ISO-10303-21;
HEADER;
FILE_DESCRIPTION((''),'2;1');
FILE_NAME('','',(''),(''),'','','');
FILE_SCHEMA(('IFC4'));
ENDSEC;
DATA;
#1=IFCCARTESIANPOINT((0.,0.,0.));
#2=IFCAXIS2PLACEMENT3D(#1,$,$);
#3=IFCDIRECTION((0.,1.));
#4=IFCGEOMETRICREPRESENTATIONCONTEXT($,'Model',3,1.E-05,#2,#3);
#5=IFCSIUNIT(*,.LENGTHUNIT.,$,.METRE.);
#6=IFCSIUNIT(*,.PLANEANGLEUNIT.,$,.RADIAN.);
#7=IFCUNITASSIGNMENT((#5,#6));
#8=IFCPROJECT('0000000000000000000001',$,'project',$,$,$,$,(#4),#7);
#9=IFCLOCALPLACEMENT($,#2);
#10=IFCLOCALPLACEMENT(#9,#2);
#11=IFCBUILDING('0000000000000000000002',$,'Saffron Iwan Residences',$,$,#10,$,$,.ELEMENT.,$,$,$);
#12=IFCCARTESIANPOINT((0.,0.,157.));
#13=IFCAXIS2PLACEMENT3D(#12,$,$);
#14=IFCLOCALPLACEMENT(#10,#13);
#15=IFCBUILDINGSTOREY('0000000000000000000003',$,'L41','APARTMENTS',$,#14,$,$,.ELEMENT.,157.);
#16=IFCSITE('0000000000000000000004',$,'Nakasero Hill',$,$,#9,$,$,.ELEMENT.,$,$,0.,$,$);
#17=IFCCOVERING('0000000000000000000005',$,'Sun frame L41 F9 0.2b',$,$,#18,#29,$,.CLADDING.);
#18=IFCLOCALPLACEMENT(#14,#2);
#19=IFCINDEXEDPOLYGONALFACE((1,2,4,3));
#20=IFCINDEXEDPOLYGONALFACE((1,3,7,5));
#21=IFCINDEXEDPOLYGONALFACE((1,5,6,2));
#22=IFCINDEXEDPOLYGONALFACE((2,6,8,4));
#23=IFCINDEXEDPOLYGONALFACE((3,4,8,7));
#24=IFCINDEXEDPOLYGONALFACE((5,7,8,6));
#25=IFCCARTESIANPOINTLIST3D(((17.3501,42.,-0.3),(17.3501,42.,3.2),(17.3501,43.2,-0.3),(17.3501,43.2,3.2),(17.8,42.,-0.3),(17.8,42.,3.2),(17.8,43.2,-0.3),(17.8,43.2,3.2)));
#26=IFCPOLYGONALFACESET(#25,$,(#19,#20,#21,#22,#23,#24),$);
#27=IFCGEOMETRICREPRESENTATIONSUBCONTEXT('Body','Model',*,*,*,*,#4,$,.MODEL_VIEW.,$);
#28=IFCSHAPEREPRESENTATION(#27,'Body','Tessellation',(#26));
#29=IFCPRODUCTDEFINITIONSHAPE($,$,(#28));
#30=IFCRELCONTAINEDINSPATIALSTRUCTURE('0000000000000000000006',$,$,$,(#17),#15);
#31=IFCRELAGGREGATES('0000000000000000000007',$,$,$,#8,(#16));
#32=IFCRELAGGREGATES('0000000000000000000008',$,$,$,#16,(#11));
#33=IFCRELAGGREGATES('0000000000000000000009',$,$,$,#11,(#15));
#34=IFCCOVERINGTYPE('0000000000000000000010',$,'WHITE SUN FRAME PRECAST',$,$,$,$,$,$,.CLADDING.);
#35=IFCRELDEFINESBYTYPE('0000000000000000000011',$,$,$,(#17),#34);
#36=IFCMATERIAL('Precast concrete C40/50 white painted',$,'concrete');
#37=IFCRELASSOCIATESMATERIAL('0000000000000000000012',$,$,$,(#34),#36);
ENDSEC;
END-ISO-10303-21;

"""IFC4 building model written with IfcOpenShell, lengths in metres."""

from ifc_helpers import new_model, si_unit, direction, frame, origin, place, context, subcontext, project, spatial, polyline, outline, extrude, material, type_object, element, save


model = new_model("IFC4")

# Units and contexts
model_context = context("Model", 3, precision=1e-05, world=origin(), true_north=direction((0.0, 1.0)))
body_context = subcontext(model_context, "Body", "Model", "MODEL_VIEW")
ifc_project = project(units=[si_unit("LENGTHUNIT", "METRE"), si_unit("PLANEANGLEUNIT", "RADIAN")], contexts=[model_context])

# Site, building, storey
site_placement = place(None, origin())
site = spatial("IfcSite", under=ifc_project, at=site_placement, Name="Nakasero Hill", CompositionType="ELEMENT", RefElevation=0.0)
building_placement = place(site_placement, origin())
building = spatial("IfcBuilding", under=site, at=building_placement, Name="Saffron Iwan Residences", CompositionType="ELEMENT")
storey_placement = place(building_placement, frame((0.0, 0.0, 157.0)))
storey = spatial("IfcBuildingStorey", under=building, at=storey_placement, Name="L41", Description="APARTMENTS", CompositionType="ELEMENT", Elevation=157.0)

# Covering
ifc_material_1 = material(Name="Precast concrete C40/50 white painted", Category="concrete")
covering_type_1 = type_object("IfcCoveringType", Name="WHITE SUN FRAME PRECAST", PredefinedType="CLADDING", material=ifc_material_1)
covering_1_placement = place(storey_placement, frame((17.3501, 43.2, -0.3), z_axis=(0.0, -1.0, 0.0), x_axis=(1.0, 0.0, 0.0)))
element("IfcCovering", 1, at=covering_1_placement, inside=storey, type_object=covering_type_1, Name="Sun frame L41 F9 0.2b", PredefinedType="CLADDING", context=body_context, shape_type="SweptSolid", body=[
    extrude(outline(polyline([(0.0, 0.0), (0.45, 0.0), (0.45, 3.5), (0.0, 3.5), (0.0, 0.0)])), origin(), (0.0, 0.0, 1.0), 1.2),
])

save(model, "model.ifc")
